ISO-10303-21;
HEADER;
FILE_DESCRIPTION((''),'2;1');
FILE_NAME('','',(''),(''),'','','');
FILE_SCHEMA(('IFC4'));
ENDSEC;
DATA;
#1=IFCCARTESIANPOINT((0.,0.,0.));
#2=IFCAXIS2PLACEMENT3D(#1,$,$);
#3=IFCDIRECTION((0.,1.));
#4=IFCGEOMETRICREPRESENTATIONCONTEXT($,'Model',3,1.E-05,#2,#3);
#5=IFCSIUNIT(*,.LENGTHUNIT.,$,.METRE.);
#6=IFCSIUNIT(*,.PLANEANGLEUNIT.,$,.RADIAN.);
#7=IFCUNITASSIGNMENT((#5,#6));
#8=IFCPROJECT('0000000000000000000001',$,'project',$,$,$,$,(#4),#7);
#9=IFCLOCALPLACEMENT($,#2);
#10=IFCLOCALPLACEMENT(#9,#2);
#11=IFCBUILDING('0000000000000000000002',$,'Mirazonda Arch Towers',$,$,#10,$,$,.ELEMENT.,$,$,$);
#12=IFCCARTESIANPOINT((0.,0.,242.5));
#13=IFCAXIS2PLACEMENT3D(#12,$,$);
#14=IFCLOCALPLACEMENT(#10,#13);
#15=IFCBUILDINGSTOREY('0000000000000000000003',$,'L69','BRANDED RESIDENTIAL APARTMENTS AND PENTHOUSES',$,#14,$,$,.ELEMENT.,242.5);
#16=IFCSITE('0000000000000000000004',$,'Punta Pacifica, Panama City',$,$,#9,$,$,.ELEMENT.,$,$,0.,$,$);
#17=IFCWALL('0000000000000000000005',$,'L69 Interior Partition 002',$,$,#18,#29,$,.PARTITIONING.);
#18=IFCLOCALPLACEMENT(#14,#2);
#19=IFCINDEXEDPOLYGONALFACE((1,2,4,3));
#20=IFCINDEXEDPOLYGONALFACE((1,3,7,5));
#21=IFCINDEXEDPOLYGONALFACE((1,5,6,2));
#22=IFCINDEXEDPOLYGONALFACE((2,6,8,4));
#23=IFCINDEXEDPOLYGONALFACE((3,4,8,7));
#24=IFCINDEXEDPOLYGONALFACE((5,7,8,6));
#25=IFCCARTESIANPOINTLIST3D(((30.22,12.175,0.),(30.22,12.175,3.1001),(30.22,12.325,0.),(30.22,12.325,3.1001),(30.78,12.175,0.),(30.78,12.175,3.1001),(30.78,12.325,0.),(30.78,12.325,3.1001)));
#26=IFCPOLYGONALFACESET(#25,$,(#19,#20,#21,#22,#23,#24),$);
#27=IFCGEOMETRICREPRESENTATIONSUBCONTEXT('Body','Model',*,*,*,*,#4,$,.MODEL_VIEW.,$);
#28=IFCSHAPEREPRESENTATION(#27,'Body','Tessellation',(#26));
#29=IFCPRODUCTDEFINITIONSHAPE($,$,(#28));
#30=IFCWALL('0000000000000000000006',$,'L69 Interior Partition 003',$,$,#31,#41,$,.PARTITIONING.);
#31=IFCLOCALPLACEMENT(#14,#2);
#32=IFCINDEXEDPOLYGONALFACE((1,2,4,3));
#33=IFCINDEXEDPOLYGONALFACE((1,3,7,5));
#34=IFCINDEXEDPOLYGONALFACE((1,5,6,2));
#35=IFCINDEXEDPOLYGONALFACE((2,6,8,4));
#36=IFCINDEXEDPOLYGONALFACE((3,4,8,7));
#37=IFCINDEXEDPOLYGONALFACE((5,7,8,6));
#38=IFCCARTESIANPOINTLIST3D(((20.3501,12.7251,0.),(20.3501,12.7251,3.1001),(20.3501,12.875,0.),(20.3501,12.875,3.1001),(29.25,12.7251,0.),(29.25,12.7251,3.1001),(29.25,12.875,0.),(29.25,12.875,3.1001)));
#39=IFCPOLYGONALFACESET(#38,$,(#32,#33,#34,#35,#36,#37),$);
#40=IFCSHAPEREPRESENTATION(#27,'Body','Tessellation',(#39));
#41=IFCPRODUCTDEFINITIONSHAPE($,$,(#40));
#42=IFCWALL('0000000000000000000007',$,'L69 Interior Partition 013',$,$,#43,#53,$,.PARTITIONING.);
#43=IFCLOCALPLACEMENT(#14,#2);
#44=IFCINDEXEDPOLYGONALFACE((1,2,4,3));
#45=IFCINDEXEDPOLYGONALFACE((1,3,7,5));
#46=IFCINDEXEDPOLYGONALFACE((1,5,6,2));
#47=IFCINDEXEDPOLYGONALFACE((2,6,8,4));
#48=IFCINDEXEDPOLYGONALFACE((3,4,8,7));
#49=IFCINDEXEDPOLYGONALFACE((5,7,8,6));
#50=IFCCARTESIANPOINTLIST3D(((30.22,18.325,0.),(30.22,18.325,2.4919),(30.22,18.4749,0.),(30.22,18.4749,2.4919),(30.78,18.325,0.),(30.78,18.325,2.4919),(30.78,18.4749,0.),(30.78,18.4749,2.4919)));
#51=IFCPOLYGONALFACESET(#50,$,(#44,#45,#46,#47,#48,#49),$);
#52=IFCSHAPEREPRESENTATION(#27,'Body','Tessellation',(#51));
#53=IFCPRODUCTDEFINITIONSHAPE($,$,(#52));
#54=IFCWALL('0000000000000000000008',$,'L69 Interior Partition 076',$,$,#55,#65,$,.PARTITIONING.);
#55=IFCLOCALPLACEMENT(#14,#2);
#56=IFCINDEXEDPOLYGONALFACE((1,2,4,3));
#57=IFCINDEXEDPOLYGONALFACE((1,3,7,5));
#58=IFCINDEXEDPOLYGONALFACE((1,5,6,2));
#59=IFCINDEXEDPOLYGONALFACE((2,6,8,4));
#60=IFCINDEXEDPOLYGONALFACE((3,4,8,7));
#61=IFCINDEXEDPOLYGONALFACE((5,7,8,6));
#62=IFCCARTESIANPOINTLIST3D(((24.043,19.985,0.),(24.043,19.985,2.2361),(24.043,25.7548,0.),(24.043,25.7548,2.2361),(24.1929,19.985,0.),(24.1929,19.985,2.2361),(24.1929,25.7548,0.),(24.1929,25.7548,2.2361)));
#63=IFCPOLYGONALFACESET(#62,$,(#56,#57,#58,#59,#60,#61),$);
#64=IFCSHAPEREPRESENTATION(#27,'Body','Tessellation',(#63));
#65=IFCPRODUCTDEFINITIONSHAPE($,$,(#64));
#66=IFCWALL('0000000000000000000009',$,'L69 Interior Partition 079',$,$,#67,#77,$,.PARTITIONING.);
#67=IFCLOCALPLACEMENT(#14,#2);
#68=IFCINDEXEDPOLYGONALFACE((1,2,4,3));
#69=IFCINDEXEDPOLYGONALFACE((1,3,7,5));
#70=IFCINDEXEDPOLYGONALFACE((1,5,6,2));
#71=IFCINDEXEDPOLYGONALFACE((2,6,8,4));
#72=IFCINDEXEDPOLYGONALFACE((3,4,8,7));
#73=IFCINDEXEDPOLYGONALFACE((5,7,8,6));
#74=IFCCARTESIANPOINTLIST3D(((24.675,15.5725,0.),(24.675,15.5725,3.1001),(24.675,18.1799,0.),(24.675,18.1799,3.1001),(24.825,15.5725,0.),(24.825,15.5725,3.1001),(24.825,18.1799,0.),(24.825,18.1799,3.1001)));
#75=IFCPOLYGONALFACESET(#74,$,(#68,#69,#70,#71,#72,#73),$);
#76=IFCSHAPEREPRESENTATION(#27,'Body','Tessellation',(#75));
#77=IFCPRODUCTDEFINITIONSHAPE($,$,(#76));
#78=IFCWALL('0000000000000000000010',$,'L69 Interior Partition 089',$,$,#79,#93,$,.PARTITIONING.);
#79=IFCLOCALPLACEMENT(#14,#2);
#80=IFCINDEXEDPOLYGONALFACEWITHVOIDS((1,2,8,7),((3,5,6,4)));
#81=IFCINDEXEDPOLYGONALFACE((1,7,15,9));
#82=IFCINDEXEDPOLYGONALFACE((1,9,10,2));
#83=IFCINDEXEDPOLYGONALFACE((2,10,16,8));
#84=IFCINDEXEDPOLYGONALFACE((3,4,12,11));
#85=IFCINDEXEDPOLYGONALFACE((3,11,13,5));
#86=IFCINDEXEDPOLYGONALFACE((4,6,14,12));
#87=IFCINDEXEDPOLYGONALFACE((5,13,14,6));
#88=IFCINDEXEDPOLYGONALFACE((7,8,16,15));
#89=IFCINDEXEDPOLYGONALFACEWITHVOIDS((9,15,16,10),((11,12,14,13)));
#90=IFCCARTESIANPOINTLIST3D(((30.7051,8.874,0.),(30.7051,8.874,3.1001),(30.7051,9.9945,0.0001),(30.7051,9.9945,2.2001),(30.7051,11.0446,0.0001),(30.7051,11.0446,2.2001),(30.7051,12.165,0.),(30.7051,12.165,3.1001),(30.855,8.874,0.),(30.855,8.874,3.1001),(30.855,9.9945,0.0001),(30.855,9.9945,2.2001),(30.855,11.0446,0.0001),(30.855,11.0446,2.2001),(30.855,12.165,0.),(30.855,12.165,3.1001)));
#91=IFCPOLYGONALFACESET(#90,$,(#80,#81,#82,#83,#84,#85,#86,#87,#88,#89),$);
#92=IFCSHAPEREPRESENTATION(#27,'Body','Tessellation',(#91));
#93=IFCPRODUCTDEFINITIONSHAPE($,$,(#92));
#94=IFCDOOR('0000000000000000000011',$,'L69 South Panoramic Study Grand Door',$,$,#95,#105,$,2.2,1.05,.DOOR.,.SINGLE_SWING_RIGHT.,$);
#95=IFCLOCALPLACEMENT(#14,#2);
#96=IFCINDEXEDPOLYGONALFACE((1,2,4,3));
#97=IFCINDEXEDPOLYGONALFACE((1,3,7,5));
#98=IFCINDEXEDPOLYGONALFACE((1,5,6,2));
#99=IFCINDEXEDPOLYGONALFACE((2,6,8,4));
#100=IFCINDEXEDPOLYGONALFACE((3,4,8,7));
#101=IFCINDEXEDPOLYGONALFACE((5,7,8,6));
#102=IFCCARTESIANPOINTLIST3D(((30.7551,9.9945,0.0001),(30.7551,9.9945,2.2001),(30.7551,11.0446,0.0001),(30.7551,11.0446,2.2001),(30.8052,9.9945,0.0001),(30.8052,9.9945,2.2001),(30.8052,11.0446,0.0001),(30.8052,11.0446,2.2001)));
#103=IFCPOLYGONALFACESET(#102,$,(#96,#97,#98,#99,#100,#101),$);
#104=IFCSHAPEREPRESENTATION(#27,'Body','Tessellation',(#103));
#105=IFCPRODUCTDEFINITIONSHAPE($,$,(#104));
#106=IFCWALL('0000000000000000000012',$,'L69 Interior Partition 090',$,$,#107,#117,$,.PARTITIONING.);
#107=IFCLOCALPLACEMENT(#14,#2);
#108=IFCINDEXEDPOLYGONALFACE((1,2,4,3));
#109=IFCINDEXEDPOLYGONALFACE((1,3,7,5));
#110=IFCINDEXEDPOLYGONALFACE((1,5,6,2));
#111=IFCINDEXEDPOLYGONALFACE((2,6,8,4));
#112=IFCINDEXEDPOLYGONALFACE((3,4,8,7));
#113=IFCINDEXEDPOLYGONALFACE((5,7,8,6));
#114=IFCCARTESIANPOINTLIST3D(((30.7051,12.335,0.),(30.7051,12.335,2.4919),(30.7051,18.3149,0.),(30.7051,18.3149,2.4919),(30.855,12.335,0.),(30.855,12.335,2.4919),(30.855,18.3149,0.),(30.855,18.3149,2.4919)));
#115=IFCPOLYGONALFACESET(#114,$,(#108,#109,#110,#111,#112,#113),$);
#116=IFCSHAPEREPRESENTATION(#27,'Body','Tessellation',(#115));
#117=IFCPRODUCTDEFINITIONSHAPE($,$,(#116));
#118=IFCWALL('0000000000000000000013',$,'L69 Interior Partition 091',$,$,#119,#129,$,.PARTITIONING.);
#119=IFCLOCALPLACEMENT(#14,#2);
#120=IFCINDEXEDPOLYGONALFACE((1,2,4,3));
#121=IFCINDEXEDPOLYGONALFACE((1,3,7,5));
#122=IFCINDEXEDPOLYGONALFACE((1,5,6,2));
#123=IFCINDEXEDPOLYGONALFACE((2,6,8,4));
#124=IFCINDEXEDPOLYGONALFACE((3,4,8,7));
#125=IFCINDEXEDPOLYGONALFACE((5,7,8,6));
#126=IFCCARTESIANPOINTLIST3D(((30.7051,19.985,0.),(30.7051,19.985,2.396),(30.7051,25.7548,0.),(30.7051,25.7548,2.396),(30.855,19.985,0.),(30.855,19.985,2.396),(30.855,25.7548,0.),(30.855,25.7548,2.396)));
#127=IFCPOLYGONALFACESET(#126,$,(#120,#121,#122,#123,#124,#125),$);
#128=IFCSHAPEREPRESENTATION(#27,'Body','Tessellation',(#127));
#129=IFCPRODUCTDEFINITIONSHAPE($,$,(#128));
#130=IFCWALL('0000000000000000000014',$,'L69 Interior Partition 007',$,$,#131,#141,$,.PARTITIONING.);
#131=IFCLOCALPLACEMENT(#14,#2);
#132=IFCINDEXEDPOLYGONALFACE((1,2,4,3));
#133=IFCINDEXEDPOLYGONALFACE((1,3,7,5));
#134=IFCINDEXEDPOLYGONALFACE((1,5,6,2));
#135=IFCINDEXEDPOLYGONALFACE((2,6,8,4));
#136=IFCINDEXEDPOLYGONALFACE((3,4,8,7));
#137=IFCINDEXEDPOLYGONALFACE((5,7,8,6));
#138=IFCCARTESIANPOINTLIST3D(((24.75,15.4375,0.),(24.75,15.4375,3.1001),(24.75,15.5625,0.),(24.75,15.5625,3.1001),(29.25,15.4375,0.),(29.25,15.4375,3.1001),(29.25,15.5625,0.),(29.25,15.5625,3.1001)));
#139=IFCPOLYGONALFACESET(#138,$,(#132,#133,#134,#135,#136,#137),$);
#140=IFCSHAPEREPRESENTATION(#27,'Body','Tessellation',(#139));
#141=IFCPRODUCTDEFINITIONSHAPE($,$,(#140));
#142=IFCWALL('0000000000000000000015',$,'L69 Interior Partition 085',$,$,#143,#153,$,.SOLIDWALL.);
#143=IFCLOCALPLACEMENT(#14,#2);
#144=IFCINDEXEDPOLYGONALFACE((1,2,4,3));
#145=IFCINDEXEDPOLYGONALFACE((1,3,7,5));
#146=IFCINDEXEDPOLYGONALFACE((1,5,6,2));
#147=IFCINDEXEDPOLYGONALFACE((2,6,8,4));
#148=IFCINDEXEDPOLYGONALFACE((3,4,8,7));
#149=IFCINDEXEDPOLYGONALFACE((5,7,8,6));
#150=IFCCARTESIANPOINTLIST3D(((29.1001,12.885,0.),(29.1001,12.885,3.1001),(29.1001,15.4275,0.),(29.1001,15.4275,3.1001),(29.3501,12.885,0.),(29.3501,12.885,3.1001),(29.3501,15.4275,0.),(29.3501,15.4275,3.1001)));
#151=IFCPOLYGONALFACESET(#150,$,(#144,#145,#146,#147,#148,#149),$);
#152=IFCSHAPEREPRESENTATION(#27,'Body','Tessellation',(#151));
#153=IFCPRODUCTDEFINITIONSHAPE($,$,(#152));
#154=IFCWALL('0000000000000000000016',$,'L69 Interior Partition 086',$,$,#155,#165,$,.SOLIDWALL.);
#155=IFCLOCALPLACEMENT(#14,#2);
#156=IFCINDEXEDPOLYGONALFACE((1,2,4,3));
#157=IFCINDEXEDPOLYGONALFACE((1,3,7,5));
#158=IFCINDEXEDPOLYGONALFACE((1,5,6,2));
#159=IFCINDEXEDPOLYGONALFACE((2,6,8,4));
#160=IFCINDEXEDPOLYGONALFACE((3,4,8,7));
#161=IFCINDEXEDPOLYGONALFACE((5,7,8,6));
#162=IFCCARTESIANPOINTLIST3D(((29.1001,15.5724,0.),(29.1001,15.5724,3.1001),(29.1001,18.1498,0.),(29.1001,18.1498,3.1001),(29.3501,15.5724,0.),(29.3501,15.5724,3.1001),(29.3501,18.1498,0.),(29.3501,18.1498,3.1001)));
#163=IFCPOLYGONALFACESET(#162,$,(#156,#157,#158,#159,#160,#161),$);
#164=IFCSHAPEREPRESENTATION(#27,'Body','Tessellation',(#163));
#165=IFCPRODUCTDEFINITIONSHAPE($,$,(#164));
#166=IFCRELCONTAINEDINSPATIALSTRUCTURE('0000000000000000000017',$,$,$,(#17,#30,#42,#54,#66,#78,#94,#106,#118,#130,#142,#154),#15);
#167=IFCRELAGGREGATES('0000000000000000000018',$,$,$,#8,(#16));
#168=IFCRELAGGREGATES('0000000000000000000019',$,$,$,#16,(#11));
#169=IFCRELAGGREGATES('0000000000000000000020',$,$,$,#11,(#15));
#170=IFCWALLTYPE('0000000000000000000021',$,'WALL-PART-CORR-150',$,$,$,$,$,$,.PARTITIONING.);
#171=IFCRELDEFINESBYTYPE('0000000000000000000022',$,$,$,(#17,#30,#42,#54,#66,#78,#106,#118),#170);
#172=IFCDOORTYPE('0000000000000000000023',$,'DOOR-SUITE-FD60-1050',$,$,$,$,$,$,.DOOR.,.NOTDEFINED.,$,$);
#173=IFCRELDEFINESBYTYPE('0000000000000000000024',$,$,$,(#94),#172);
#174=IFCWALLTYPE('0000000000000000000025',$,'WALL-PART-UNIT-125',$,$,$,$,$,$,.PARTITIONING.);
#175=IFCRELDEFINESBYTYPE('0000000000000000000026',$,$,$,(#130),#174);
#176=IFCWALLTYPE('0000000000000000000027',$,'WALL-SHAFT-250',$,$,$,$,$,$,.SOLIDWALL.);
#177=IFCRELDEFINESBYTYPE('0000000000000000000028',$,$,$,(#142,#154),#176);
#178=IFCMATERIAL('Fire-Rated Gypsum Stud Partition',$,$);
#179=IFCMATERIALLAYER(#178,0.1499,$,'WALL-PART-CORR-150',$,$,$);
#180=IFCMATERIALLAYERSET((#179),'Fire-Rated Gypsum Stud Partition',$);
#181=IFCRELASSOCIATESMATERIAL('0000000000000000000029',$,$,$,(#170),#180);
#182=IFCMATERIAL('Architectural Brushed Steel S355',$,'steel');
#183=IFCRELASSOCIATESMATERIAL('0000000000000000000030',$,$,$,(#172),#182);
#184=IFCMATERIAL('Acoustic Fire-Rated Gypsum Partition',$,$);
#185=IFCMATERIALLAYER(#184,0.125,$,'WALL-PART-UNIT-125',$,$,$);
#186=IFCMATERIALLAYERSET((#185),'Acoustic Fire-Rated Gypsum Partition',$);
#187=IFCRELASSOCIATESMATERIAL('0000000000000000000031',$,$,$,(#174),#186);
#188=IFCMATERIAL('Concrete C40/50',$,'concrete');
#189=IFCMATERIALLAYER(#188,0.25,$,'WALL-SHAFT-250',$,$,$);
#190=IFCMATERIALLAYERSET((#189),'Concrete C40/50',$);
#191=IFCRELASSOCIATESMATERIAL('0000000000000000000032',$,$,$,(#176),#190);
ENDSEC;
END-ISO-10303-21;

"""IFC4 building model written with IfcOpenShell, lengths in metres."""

from ifc_helpers import new_model, si_unit, direction, frame, frame_2d, origin, place, context, subcontext, project, spatial, rectangle, extrude, material, layer, layer_set, type_object, element, fill, save


model = new_model("IFC4")

# Units and contexts
model_context = context("Model", 3, precision=1e-05, world=origin(), true_north=direction((0.0, 1.0)))
body_context = subcontext(model_context, "Body", "Model", "MODEL_VIEW")
ifc_project = project(units=[si_unit("LENGTHUNIT", "METRE"), si_unit("PLANEANGLEUNIT", "RADIAN")], contexts=[model_context])

# Site, building, storey
site_placement = place(None, origin())
site = spatial("IfcSite", under=ifc_project, at=site_placement, Name="Punta Pacifica, Panama City", CompositionType="ELEMENT", RefElevation=0.0)
building_placement = place(site_placement, origin())
building = spatial("IfcBuilding", under=site, at=building_placement, Name="Mirazonda Arch Towers", CompositionType="ELEMENT")
storey_placement = place(building_placement, frame((0.0, 0.0, 242.5)))
storey = spatial("IfcBuildingStorey", under=building, at=storey_placement, Name="L69", Description="BRANDED RESIDENTIAL APARTMENTS AND PENTHOUSES", CompositionType="ELEMENT", Elevation=242.5)

# Walls
ifc_material_1 = material(Name="Concrete C40/50", Category="concrete")
ifc_material_2 = material(Name="Fire-Rated Gypsum Stud Partition")
ifc_layer_1 = layer(ifc_material_2, 0.1499, Name="WALL-PART-CORR-150")
ifc_layer_set_1 = layer_set([ifc_layer_1], Name="Fire-Rated Gypsum Stud Partition")
wall_type_1 = type_object("IfcWallType", Name="WALL-PART-CORR-150", PredefinedType="PARTITIONING", material=ifc_layer_set_1)
wall_1_placement = place(storey_placement, frame((30.22, 12.25, 0.0), z_axis=(0.0, 0.0, 1.0), x_axis=(1.0, 0.0, 0.0)))
element("IfcWall", 1, at=wall_1_placement, inside=storey, type_object=wall_type_1, Name="L69 Interior Partition 002", PredefinedType="PARTITIONING", context=body_context, shape_type="SweptSolid", body=[
    extrude(rectangle(XDim=0.5601, YDim=0.1499, at=frame_2d((0.28, 0.0))), origin(), (0.0, 0.0, 1.0), 3.1001),
])
wall_2_placement = place(storey_placement, frame((20.3501, 12.8, 0.0), z_axis=(0.0, 0.0, 1.0), x_axis=(1.0, 0.0, 0.0)))
element("IfcWall", 2, at=wall_2_placement, inside=storey, type_object=wall_type_1, Name="L69 Interior Partition 003", PredefinedType="PARTITIONING", context=body_context, shape_type="SweptSolid", body=[
    extrude(rectangle(XDim=8.8999, YDim=0.1499, at=frame_2d((4.45, 0.0))), origin(), (0.0, 0.0, 1.0), 3.1001),
])
wall_3_placement = place(storey_placement, frame((30.22, 18.3999, 0.0), z_axis=(0.0, 0.0, 1.0), x_axis=(1.0, 0.0, 0.0)))
element("IfcWall", 3, at=wall_3_placement, inside=storey, type_object=wall_type_1, Name="L69 Interior Partition 013", PredefinedType="PARTITIONING", context=body_context, shape_type="SweptSolid", body=[
    extrude(rectangle(XDim=0.5601, YDim=0.1499, at=frame_2d((0.28, 0.0))), origin(), (0.0, 0.0, 1.0), 2.4919),
])
wall_4_placement = place(storey_placement, frame((24.1179, 19.9851, 0.0), z_axis=(0.0, 0.0, 1.0), x_axis=(0.0, 1.0, 0.0)))
element("IfcWall", 4, at=wall_4_placement, inside=storey, type_object=wall_type_1, Name="L69 Interior Partition 076", PredefinedType="PARTITIONING", context=body_context, shape_type="SweptSolid", body=[
    extrude(rectangle(XDim=5.7698, YDim=0.1499, at=frame_2d((2.8848, 0.0))), origin(), (0.0, 0.0, 1.0), 2.2361),
])

# Shared definitions
ifc_material_3 = material(Name="Architectural Brushed Steel S355", Category="steel")

# Wall
wall_5_placement = place(storey_placement, frame((24.75, 15.5725, 0.0), z_axis=(0.0, 0.0, 1.0), x_axis=(0.0, 1.0, 0.0)))
element("IfcWall", 5, at=wall_5_placement, inside=storey, type_object=wall_type_1, Name="L69 Interior Partition 079", PredefinedType="PARTITIONING", context=body_context, shape_type="SweptSolid", body=[
    extrude(rectangle(XDim=2.6074, YDim=0.1499, at=frame_2d((1.3037, 0.0))), origin(), (0.0, 0.0, 1.0), 3.1001),
])

# Wall, opening, door
wall_6_placement = place(storey_placement, frame((30.78, 8.874, 0.0), z_axis=(0.0, 0.0, 1.0), x_axis=(0.0, 1.0, 0.0)))
wall_6 = element("IfcWall", 6, at=wall_6_placement, inside=storey, type_object=wall_type_1, Name="L69 Interior Partition 089", PredefinedType="PARTITIONING", context=body_context, shape_type="SweptSolid", body=[
    extrude(rectangle(XDim=3.291, YDim=0.1499, at=frame_2d((1.6455, 0.0))), origin(), (0.0, 0.0, 1.0), 3.1001),
])
opening_1_placement = place(wall_6_placement, frame((1.1206, 0.0, 0.0)))
opening_1 = element("IfcOpeningElement", 7, at=opening_1_placement, cuts=wall_6, PredefinedType="OPENING", context=body_context, shape_type="SweptSolid", body=[
    extrude(rectangle(XDim=1.05, YDim=2.2, at=frame_2d((0.5249, 1.1001))), frame((0.0, 0.085, 0.0), z_axis=(0.0, -1.0, 0.0), x_axis=(1.0, 0.0, 0.0)), (0.0, 0.0, 1.0), 0.1699),
])
door_type_1 = type_object("IfcDoorType", Name="DOOR-SUITE-FD60-1050", OperationType="NOTDEFINED", PredefinedType="DOOR", material=ifc_material_3)
door_1_placement = place(opening_1_placement, origin())
door_1 = element("IfcDoor", 8, at=door_1_placement, inside=storey, type_object=door_type_1, Name="L69 South Panoramic Study Grand Door", OperationType="SINGLE_SWING_RIGHT", OverallHeight=2.2, OverallWidth=1.05, PredefinedType="DOOR", context=body_context, shape_type="SweptSolid", body=[
    extrude(rectangle(XDim=1.05, YDim=2.2, at=frame_2d((0.5249, 1.1001))), frame((0.0, 0.0249, 0.0), z_axis=(0.0, -1.0, 0.0), x_axis=(1.0, 0.0, 0.0)), (0.0, 0.0, 1.0), 0.05),
])
fill(opening_1, door_1)

# Walls
wall_7_placement = place(storey_placement, frame((30.78, 12.335, 0.0), z_axis=(0.0, 0.0, 1.0), x_axis=(0.0, 1.0, 0.0)))
element("IfcWall", 9, at=wall_7_placement, inside=storey, type_object=wall_type_1, Name="L69 Interior Partition 090", PredefinedType="PARTITIONING", context=body_context, shape_type="SweptSolid", body=[
    extrude(rectangle(XDim=5.98, YDim=0.1499, at=frame_2d((2.99, 0.0))), origin(), (0.0, 0.0, 1.0), 2.4919),
])
wall_8_placement = place(storey_placement, frame((30.78, 19.9851, 0.0), z_axis=(0.0, 0.0, 1.0), x_axis=(0.0, 1.0, 0.0)))
element("IfcWall", 10, at=wall_8_placement, inside=storey, type_object=wall_type_1, Name="L69 Interior Partition 091", PredefinedType="PARTITIONING", context=body_context, shape_type="SweptSolid", body=[
    extrude(rectangle(XDim=5.7698, YDim=0.1499, at=frame_2d((2.8848, 0.0))), origin(), (0.0, 0.0, 1.0), 2.396),
])
ifc_material_4 = material(Name="Acoustic Fire-Rated Gypsum Partition")
ifc_layer_2 = layer(ifc_material_4, 0.125, Name="WALL-PART-UNIT-125")
ifc_layer_set_2 = layer_set([ifc_layer_2], Name="Acoustic Fire-Rated Gypsum Partition")
wall_type_2 = type_object("IfcWallType", Name="WALL-PART-UNIT-125", PredefinedType="PARTITIONING", material=ifc_layer_set_2)
wall_9_placement = place(storey_placement, frame((24.75, 15.5, 0.0), z_axis=(0.0, 0.0, 1.0), x_axis=(1.0, 0.0, 0.0)))
element("IfcWall", 11, at=wall_9_placement, inside=storey, type_object=wall_type_2, Name="L69 Interior Partition 007", PredefinedType="PARTITIONING", context=body_context, shape_type="SweptSolid", body=[
    extrude(rectangle(XDim=4.5, YDim=0.125, at=frame_2d((2.25, 0.0))), origin(), (0.0, 0.0, 1.0), 3.1001),
])
ifc_layer_3 = layer(ifc_material_1, 0.25, Name="WALL-SHAFT-250")
ifc_layer_set_3 = layer_set([ifc_layer_3], Name="Concrete C40/50")
wall_type_3 = type_object("IfcWallType", Name="WALL-SHAFT-250", PredefinedType="SOLIDWALL", material=ifc_layer_set_3)
wall_10_placement = place(storey_placement, frame((29.2251, 12.885, 0.0), z_axis=(0.0, 0.0, 1.0), x_axis=(0.0, 1.0, 0.0)))
element("IfcWall", 12, at=wall_10_placement, inside=storey, type_object=wall_type_3, Name="L69 Interior Partition 085", PredefinedType="SOLIDWALL", context=body_context, shape_type="SweptSolid", body=[
    extrude(rectangle(XDim=2.5425, YDim=0.25, at=frame_2d((1.2712, 0.0))), origin(), (0.0, 0.0, 1.0), 3.1001),
])
wall_11_placement = place(storey_placement, frame((29.2251, 15.5725, 0.0), z_axis=(0.0, 0.0, 1.0), x_axis=(0.0, 1.0, 0.0)))
element("IfcWall", 13, at=wall_11_placement, inside=storey, type_object=wall_type_3, Name="L69 Interior Partition 086", PredefinedType="SOLIDWALL", context=body_context, shape_type="SweptSolid", body=[
    extrude(rectangle(XDim=2.5774, YDim=0.25, at=frame_2d((1.2886, 0.0))), origin(), (0.0, 0.0, 1.0), 3.1001),
])

save(model, "model.ifc")
